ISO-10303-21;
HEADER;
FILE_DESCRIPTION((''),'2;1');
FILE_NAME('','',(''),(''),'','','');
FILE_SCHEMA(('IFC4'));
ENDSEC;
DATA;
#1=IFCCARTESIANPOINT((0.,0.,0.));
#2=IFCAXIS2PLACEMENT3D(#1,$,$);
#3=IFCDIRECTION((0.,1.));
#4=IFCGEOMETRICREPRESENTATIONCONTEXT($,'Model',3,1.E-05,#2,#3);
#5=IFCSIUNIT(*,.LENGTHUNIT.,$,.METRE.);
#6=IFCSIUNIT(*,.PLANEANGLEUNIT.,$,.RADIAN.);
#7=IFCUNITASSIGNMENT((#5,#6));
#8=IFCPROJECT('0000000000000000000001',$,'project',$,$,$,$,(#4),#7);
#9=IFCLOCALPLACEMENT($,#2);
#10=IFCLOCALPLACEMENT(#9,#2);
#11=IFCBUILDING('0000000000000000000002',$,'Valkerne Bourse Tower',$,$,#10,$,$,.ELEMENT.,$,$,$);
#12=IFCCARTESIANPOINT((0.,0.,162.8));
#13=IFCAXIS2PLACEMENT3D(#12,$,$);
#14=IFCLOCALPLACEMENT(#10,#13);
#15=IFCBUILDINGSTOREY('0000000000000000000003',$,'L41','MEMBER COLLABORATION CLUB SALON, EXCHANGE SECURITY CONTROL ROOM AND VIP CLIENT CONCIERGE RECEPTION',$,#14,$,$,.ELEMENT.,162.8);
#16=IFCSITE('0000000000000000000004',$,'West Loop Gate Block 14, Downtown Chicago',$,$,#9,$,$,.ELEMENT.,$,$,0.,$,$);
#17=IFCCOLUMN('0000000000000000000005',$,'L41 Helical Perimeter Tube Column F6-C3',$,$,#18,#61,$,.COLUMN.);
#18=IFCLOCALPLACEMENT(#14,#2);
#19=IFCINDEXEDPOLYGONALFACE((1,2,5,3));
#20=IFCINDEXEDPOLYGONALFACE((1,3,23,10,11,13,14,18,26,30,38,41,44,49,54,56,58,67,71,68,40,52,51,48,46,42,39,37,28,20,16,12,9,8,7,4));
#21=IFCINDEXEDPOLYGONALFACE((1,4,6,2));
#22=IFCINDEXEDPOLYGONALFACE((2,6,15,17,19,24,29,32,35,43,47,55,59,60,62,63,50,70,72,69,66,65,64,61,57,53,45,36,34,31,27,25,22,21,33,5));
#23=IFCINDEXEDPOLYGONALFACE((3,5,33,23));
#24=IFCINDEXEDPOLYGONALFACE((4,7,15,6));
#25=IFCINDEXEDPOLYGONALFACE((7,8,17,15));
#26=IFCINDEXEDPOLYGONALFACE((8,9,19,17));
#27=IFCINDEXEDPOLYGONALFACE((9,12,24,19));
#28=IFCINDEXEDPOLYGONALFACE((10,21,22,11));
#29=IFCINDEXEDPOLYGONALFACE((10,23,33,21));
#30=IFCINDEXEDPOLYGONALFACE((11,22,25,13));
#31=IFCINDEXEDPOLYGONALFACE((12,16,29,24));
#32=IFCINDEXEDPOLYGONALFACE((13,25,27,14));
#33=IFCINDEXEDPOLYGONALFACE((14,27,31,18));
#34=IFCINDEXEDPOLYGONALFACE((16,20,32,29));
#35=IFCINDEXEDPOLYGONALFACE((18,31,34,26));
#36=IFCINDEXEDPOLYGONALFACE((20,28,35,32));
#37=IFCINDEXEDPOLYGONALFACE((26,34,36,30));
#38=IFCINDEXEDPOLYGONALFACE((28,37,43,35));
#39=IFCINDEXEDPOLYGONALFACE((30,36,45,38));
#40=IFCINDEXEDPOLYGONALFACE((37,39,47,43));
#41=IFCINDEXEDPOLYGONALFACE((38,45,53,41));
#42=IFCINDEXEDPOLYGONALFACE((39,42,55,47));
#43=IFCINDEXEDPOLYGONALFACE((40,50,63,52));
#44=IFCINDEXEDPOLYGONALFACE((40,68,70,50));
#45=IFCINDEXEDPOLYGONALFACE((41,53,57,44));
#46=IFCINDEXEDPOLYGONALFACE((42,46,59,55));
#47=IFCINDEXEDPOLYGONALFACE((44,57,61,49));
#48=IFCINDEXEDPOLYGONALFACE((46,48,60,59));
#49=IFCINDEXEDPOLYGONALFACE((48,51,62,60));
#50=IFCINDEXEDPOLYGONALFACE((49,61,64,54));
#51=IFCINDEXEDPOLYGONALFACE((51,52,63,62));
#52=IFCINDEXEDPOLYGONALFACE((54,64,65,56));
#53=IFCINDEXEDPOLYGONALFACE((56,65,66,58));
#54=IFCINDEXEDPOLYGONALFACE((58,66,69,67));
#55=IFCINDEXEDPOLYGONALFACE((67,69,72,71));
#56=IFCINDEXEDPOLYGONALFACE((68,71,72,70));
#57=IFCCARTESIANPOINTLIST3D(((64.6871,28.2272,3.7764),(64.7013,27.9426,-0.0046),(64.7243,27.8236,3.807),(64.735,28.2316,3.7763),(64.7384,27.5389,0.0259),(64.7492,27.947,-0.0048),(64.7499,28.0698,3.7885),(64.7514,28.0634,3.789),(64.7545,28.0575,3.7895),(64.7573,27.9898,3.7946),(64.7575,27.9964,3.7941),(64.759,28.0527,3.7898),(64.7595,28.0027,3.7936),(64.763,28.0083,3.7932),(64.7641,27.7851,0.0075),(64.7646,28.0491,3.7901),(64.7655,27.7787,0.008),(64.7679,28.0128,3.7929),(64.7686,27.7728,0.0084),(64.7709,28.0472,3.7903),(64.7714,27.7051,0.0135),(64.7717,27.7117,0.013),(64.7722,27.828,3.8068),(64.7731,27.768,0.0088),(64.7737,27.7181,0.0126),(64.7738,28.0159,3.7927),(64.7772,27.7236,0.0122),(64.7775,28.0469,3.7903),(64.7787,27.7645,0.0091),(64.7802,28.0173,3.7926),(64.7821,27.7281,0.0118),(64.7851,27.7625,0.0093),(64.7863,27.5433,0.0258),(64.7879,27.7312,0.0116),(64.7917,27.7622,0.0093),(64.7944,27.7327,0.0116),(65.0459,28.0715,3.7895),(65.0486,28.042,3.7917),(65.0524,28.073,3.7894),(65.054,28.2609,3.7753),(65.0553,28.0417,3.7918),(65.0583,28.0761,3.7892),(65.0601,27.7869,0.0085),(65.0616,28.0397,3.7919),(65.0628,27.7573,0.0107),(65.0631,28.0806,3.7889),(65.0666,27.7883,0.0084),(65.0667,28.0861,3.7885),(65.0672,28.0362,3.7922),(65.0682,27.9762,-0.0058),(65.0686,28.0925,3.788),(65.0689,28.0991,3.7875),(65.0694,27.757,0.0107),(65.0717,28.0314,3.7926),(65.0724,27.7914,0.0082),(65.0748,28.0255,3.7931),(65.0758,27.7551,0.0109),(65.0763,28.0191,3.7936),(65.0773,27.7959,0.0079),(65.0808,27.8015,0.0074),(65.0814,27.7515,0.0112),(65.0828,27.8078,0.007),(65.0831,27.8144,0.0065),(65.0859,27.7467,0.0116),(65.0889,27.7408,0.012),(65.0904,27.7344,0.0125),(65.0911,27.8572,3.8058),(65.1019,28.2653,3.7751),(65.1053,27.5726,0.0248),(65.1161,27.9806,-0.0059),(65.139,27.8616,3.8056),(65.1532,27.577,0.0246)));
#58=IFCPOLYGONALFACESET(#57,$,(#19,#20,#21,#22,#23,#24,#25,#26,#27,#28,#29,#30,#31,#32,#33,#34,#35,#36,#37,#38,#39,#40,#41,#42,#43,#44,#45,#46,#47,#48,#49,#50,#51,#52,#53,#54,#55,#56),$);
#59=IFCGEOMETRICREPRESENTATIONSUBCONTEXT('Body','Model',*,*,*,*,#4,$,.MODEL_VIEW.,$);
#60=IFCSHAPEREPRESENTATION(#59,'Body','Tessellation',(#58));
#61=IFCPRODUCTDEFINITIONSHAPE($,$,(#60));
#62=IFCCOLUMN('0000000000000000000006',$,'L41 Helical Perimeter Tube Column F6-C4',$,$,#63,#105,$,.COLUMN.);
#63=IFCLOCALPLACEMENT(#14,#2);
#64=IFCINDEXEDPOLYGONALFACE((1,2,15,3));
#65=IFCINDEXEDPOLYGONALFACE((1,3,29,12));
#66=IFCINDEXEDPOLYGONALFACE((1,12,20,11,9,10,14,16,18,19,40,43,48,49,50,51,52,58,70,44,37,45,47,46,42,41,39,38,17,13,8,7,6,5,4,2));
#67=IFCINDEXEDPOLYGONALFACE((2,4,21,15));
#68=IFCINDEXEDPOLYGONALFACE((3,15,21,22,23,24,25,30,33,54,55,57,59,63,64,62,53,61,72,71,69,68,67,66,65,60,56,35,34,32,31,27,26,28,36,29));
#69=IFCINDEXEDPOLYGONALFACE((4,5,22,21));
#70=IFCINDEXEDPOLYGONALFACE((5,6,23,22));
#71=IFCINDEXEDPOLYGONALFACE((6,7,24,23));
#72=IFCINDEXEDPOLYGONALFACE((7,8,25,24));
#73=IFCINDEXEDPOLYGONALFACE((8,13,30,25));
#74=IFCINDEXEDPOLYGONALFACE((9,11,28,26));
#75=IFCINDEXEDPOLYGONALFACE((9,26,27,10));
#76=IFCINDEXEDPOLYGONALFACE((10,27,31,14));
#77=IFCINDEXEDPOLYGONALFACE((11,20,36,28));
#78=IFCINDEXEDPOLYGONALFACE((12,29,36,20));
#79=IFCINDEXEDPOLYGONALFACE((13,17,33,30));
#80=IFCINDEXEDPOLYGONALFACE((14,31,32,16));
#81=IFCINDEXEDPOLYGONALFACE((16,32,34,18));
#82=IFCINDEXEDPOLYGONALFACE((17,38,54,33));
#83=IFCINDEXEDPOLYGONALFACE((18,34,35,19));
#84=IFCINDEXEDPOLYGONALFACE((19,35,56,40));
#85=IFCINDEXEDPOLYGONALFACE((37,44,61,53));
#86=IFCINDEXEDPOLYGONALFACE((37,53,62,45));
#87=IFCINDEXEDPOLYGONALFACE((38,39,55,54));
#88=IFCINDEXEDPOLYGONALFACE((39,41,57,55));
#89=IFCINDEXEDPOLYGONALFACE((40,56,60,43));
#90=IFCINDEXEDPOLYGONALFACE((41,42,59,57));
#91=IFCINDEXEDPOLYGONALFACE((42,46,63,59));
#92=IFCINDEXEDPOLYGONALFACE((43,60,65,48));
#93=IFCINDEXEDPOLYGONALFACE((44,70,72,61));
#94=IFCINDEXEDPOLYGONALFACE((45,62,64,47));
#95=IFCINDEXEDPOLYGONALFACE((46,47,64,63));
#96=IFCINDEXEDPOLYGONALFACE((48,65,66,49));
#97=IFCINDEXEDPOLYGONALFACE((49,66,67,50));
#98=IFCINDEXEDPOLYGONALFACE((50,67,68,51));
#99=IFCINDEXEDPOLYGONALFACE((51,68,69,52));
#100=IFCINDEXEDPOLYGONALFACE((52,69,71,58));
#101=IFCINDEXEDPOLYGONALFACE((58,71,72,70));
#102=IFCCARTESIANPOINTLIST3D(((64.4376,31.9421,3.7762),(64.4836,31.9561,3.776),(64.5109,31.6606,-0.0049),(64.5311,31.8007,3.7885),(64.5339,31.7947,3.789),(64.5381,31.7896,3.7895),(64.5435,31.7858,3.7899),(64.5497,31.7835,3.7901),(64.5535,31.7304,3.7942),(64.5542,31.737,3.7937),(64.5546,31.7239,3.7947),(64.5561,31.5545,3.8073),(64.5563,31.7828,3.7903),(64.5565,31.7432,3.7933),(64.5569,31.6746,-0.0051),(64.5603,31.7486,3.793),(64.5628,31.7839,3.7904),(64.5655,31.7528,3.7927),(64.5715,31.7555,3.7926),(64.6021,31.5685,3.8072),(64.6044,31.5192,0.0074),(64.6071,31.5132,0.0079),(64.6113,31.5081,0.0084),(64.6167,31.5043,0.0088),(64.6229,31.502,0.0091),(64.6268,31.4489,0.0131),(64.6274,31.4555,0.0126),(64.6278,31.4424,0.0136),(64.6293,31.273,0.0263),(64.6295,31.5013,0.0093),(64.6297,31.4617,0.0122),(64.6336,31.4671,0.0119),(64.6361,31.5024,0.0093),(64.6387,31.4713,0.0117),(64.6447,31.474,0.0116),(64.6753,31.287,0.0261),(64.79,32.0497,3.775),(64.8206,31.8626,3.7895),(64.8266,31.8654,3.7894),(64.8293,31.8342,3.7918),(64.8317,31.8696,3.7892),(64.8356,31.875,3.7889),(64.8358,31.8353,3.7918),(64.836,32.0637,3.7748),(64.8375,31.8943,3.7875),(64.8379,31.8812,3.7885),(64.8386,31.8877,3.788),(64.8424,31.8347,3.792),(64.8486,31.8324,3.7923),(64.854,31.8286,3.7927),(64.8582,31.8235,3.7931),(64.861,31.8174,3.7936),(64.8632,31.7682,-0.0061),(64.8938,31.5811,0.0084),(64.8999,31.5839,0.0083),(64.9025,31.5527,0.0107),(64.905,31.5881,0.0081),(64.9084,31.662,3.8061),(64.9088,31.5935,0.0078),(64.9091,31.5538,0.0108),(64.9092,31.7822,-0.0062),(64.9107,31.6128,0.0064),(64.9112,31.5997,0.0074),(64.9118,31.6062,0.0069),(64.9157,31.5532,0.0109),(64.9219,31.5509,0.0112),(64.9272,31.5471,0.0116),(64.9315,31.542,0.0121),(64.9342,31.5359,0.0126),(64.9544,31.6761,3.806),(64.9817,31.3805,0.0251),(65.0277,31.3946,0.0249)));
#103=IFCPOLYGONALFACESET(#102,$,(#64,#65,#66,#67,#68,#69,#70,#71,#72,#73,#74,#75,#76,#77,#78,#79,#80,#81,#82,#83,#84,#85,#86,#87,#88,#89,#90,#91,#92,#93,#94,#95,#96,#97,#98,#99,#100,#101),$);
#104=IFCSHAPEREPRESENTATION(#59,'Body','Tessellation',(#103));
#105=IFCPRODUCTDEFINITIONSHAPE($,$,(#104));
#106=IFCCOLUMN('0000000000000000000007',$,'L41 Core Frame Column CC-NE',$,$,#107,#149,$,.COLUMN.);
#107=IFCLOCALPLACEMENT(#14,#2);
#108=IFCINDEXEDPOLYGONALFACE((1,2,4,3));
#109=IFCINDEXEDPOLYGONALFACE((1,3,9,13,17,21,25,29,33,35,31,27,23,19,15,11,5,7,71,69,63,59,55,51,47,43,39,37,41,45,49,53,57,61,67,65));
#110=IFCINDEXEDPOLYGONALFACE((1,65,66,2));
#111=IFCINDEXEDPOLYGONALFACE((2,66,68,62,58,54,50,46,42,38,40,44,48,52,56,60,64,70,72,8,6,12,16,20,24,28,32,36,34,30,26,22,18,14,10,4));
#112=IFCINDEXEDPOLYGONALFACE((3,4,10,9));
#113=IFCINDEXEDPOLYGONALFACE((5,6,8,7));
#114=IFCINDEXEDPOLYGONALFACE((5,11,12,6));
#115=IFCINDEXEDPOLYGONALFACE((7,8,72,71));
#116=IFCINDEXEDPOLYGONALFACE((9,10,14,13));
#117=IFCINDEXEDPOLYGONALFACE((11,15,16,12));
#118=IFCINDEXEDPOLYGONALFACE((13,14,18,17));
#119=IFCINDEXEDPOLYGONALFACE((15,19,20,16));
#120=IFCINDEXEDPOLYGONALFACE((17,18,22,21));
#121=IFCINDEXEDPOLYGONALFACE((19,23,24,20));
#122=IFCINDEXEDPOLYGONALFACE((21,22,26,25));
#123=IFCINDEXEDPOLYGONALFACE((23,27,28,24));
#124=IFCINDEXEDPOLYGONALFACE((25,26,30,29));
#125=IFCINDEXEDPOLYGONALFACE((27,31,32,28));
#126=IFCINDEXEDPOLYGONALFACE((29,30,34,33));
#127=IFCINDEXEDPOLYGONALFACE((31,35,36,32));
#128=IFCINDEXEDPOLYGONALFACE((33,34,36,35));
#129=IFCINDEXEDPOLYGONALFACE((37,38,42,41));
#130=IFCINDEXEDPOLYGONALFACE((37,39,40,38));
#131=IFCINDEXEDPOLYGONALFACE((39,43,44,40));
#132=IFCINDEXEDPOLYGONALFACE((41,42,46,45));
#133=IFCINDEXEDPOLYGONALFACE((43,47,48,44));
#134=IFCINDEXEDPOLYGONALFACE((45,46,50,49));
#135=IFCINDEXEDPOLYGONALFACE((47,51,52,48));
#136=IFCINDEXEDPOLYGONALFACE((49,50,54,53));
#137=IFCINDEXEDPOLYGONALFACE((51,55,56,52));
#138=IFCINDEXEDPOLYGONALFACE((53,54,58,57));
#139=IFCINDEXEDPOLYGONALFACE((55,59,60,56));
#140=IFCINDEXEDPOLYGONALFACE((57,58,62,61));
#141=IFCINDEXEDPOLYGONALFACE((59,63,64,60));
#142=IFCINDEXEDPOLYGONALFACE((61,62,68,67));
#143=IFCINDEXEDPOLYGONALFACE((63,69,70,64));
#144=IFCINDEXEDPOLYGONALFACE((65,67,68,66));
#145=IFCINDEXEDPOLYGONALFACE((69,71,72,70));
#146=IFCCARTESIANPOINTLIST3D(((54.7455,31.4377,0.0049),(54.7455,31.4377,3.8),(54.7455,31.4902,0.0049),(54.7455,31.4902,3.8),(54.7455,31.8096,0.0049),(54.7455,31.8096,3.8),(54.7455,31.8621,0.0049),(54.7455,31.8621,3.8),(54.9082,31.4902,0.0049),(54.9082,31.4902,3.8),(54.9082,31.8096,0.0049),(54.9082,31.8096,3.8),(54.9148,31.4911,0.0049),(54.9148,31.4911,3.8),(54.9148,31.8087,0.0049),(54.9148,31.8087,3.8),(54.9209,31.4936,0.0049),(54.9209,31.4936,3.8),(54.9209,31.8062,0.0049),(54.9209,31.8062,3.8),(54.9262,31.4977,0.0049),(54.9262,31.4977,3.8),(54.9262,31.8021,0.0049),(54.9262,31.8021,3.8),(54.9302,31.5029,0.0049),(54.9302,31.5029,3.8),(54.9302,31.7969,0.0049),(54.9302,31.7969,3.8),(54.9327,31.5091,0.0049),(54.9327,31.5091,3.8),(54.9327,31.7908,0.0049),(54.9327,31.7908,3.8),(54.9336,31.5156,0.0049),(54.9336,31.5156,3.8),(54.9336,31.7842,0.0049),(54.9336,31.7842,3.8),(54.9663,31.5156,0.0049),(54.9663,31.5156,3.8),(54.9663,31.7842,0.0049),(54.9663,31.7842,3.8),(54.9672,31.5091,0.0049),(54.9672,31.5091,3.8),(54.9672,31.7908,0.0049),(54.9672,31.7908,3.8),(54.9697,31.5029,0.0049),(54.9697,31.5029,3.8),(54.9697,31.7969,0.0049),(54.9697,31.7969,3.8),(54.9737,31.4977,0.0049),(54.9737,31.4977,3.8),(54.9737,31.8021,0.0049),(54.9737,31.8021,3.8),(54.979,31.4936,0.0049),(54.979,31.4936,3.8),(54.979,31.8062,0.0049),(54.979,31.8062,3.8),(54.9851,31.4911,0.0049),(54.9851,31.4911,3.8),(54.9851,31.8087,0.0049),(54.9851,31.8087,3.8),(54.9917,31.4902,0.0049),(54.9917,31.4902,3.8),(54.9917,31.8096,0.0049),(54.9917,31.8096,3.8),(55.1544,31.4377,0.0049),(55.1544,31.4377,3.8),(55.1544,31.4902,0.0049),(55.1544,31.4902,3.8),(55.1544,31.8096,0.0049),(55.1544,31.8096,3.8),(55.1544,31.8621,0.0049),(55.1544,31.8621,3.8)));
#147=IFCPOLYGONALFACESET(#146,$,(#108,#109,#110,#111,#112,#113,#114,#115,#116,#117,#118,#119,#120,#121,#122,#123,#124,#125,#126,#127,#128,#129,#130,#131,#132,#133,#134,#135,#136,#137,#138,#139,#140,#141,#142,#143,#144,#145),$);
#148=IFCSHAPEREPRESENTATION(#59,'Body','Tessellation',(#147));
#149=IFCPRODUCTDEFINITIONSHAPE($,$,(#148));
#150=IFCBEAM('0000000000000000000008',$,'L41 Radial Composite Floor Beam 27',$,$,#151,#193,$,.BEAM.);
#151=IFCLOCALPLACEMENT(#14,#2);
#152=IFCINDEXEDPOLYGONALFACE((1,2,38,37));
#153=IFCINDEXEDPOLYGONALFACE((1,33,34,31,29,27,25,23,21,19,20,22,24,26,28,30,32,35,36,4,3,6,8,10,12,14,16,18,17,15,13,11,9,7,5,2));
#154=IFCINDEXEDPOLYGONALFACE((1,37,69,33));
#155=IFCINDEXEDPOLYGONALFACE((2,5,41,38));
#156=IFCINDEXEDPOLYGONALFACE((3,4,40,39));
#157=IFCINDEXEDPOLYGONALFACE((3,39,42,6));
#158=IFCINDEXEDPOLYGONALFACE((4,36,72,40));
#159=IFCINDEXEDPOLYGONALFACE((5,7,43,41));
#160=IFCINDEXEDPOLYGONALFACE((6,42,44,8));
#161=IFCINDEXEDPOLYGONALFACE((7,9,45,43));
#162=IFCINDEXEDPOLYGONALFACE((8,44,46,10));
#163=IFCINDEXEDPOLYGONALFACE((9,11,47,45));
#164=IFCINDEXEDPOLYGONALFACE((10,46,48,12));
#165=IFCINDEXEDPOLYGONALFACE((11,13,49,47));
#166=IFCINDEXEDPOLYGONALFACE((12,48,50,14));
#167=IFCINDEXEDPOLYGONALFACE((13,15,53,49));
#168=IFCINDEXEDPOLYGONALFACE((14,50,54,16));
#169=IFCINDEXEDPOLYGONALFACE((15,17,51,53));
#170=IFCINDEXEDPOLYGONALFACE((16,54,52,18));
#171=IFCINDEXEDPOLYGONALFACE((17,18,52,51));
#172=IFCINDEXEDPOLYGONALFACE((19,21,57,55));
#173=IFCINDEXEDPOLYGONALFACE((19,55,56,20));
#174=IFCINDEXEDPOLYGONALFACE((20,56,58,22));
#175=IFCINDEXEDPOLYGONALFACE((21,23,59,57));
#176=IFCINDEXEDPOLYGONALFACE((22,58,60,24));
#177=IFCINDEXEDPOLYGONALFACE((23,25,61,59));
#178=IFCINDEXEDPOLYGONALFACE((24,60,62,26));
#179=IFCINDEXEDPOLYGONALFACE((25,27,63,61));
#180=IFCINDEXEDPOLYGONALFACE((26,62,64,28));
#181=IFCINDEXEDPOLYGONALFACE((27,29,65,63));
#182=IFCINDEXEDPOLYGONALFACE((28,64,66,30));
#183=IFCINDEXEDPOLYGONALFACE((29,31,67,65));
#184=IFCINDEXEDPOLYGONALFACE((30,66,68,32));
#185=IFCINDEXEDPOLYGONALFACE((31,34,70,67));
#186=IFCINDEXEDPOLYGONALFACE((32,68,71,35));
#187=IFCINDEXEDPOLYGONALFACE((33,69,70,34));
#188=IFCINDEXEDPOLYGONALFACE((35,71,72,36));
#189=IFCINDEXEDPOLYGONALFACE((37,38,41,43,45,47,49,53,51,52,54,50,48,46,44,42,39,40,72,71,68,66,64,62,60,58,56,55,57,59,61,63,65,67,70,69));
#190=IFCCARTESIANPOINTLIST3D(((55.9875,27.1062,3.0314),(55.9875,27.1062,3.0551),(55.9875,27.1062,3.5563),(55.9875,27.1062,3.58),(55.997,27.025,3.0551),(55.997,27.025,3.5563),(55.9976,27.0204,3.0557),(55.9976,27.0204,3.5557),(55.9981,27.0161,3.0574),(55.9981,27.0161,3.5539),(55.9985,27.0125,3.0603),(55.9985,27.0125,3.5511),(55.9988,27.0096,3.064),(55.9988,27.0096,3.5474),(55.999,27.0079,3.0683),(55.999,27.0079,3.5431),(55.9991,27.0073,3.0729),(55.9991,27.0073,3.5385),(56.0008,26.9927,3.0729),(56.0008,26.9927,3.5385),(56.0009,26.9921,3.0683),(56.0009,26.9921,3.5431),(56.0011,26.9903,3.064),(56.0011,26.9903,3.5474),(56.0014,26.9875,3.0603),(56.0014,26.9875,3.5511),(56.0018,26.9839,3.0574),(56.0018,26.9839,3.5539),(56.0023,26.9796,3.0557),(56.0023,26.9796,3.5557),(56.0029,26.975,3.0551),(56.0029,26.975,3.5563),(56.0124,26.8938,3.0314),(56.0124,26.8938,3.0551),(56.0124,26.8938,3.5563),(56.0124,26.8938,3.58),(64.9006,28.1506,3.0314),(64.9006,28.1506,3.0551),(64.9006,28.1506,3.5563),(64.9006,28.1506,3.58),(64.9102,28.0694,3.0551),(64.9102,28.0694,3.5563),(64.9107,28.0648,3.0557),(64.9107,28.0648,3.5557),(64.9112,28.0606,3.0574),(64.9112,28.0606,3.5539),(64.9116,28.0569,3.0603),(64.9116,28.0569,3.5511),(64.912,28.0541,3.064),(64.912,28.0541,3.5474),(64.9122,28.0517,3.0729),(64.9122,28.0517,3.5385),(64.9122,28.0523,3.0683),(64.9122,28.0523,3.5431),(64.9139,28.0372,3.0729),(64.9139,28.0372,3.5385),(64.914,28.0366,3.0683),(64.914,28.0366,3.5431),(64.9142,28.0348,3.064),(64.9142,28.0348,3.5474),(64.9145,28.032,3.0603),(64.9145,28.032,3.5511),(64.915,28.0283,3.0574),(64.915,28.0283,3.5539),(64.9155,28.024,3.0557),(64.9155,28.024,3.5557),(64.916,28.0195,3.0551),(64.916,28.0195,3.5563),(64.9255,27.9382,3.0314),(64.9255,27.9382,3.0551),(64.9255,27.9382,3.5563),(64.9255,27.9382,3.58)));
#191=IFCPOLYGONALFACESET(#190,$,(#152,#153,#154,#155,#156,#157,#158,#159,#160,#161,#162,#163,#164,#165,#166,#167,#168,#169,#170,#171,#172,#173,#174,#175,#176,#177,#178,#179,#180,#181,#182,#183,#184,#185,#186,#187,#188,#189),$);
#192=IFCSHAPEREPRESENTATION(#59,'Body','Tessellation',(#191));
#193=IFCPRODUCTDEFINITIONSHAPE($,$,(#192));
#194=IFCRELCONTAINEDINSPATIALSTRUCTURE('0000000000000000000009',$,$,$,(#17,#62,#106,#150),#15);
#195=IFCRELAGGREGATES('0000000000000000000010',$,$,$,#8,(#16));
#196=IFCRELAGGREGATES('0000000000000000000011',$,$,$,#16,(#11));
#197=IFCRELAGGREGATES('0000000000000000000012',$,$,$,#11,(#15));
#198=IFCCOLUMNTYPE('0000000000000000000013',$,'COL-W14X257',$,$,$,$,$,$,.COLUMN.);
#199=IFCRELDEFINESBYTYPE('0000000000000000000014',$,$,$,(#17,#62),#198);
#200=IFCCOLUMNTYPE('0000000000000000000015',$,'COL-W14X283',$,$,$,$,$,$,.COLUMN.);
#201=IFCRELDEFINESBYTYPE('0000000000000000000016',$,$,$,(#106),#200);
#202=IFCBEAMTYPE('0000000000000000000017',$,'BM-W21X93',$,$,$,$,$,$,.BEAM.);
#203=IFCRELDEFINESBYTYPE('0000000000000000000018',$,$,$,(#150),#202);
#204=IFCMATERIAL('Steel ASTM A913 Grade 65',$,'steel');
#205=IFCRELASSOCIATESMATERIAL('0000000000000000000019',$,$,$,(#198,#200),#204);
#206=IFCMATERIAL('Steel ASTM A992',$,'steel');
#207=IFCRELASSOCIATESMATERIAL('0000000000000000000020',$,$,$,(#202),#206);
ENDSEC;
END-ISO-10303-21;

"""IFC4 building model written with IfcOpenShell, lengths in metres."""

from ifc_helpers import new_model, si_unit, direction, frame, origin, origin_2d, place, context, subcontext, project, spatial, i_section, extrude, material, material_profile, profile_set, type_object, element, save


model = new_model("IFC4")

# Units and contexts
model_context = context("Model", 3, precision=1e-05, world=origin(), true_north=direction((0.0, 1.0)))
body_context = subcontext(model_context, "Body", "Model", "MODEL_VIEW")
ifc_project = project(units=[si_unit("LENGTHUNIT", "METRE"), si_unit("PLANEANGLEUNIT", "RADIAN")], contexts=[model_context])

# Site, building, storey
site_placement = place(None, origin())
site = spatial("IfcSite", under=ifc_project, at=site_placement, Name="West Loop Gate Block 14, Downtown Chicago", CompositionType="ELEMENT", RefElevation=0.0)
building_placement = place(site_placement, origin())
building = spatial("IfcBuilding", under=site, at=building_placement, Name="Valkerne Bourse Tower", CompositionType="ELEMENT")
storey_placement = place(building_placement, frame((0.0, 0.0, 162.8)))
storey = spatial("IfcBuildingStorey", under=building, at=storey_placement, Name="L41", Description="MEMBER COLLABORATION CLUB SALON, EXCHANGE SECURITY CONTROL ROOM AND VIP CLIENT CONCIERGE RECEPTION", CompositionType="ELEMENT", Elevation=162.8)

# Columns
ifc_material_1 = material(Name="Steel ASTM A913 Grade 65", Category="steel")
ifc_material_profile_1 = material_profile(ifc_material_1, i_section(OverallWidth=0.4065, OverallDepth=0.4165, WebThickness=0.0298, FlangeThickness=0.0481, FilletRadius=0.0254, at=origin_2d()), Name="W14X257")
ifc_profile_set_1 = profile_set([ifc_material_profile_1], Name="Steel ASTM A913 Grade 65")
column_type_1 = type_object("IfcColumnType", Name="COL-W14X257", PredefinedType="COLUMN", material=ifc_profile_set_1)
column_1_placement = place(storey_placement, frame((64.9272, 27.7598, 0.01), z_axis=(-0.003734, 0.075076, 0.997171), x_axis=(0.091321, -0.992985, 0.075103)))
element("IfcColumn", 1, at=column_1_placement, inside=storey, type_object=column_type_1, Name="L41 Helical Perimeter Tube Column F6-C3", PredefinedType="COLUMN", context=body_context, shape_type="SweptSolid", body=[
    extrude(i_section(OverallWidth=0.4065, OverallDepth=0.4165, WebThickness=0.0298, FlangeThickness=0.0481, FilletRadius=0.0254, at=origin_2d()), origin(), (0.0, 0.0, 1.0), 3.7917),
])
column_2_placement = place(storey_placement, frame((64.7693, 31.5276, 0.01), z_axis=(-0.019314, 0.07423, 0.997054), x_axis=(0.291371, -0.953536, 0.076634)))
element("IfcColumn", 2, at=column_2_placement, inside=storey, type_object=column_type_1, Name="L41 Helical Perimeter Tube Column F6-C4", PredefinedType="COLUMN", context=body_context, shape_type="SweptSolid", body=[
    extrude(i_section(OverallWidth=0.4065, OverallDepth=0.4165, WebThickness=0.0298, FlangeThickness=0.0481, FilletRadius=0.0254, at=origin_2d()), origin(), (0.0, 0.0, 1.0), 3.7922),
])
ifc_material_profile_2 = material_profile(ifc_material_1, i_section(OverallWidth=0.4089, OverallDepth=0.4243, WebThickness=0.0327, FlangeThickness=0.0525, FilletRadius=0.0254, at=origin_2d()), Name="W14X283")
ifc_profile_set_2 = profile_set([ifc_material_profile_2], Name="Steel ASTM A913 Grade 65")
column_type_2 = type_object("IfcColumnType", Name="COL-W14X283", PredefinedType="COLUMN", material=ifc_profile_set_2)
column_3_placement = place(storey_placement, frame((54.95, 31.6499, 0.0049), z_axis=(0.0, 0.0, 1.0), x_axis=(1.0, 0.0, 0.0)))
element("IfcColumn", 3, at=column_3_placement, inside=storey, type_object=column_type_2, Name="L41 Core Frame Column CC-NE", PredefinedType="COLUMN", context=body_context, shape_type="SweptSolid", body=[
    extrude(i_section(OverallWidth=0.4089, OverallDepth=0.4243, WebThickness=0.0327, FlangeThickness=0.0525, FilletRadius=0.0254, at=origin_2d()), origin(), (0.0, 0.0, 1.0), 3.7952),
])

# Beam
ifc_material_2 = material(Name="Steel ASTM A992", Category="steel")
ifc_material_profile_3 = material_profile(ifc_material_2, i_section(OverallWidth=0.2139, OverallDepth=0.5486, WebThickness=0.0146, FlangeThickness=0.0237, FilletRadius=0.0178, at=origin_2d()), Name="W21X93")
ifc_profile_set_3 = profile_set([ifc_material_profile_3], Name="Steel ASTM A992")
beam_type_1 = type_object("IfcBeamType", Name="BM-W21X93", PredefinedType="BEAM", material=ifc_profile_set_3)
beam_1_placement = place(storey_placement, frame((64.9131, 28.0444, 3.3057), z_axis=(-0.993204, -0.116383, 0.0), x_axis=(0.116383, -0.993204, 0.0)))
element("IfcBeam", 4, at=beam_1_placement, inside=storey, type_object=beam_type_1, Name="L41 Radial Composite Floor Beam 27", PredefinedType="BEAM", context=body_context, shape_type="SweptSolid", body=[
    extrude(i_section(OverallWidth=0.2139, OverallDepth=0.5486, WebThickness=0.0146, FlangeThickness=0.0237, FilletRadius=0.0178, at=origin_2d()), origin(), (0.0, 0.0, 1.0), 8.9741),
])

save(model, "model.ifc")
